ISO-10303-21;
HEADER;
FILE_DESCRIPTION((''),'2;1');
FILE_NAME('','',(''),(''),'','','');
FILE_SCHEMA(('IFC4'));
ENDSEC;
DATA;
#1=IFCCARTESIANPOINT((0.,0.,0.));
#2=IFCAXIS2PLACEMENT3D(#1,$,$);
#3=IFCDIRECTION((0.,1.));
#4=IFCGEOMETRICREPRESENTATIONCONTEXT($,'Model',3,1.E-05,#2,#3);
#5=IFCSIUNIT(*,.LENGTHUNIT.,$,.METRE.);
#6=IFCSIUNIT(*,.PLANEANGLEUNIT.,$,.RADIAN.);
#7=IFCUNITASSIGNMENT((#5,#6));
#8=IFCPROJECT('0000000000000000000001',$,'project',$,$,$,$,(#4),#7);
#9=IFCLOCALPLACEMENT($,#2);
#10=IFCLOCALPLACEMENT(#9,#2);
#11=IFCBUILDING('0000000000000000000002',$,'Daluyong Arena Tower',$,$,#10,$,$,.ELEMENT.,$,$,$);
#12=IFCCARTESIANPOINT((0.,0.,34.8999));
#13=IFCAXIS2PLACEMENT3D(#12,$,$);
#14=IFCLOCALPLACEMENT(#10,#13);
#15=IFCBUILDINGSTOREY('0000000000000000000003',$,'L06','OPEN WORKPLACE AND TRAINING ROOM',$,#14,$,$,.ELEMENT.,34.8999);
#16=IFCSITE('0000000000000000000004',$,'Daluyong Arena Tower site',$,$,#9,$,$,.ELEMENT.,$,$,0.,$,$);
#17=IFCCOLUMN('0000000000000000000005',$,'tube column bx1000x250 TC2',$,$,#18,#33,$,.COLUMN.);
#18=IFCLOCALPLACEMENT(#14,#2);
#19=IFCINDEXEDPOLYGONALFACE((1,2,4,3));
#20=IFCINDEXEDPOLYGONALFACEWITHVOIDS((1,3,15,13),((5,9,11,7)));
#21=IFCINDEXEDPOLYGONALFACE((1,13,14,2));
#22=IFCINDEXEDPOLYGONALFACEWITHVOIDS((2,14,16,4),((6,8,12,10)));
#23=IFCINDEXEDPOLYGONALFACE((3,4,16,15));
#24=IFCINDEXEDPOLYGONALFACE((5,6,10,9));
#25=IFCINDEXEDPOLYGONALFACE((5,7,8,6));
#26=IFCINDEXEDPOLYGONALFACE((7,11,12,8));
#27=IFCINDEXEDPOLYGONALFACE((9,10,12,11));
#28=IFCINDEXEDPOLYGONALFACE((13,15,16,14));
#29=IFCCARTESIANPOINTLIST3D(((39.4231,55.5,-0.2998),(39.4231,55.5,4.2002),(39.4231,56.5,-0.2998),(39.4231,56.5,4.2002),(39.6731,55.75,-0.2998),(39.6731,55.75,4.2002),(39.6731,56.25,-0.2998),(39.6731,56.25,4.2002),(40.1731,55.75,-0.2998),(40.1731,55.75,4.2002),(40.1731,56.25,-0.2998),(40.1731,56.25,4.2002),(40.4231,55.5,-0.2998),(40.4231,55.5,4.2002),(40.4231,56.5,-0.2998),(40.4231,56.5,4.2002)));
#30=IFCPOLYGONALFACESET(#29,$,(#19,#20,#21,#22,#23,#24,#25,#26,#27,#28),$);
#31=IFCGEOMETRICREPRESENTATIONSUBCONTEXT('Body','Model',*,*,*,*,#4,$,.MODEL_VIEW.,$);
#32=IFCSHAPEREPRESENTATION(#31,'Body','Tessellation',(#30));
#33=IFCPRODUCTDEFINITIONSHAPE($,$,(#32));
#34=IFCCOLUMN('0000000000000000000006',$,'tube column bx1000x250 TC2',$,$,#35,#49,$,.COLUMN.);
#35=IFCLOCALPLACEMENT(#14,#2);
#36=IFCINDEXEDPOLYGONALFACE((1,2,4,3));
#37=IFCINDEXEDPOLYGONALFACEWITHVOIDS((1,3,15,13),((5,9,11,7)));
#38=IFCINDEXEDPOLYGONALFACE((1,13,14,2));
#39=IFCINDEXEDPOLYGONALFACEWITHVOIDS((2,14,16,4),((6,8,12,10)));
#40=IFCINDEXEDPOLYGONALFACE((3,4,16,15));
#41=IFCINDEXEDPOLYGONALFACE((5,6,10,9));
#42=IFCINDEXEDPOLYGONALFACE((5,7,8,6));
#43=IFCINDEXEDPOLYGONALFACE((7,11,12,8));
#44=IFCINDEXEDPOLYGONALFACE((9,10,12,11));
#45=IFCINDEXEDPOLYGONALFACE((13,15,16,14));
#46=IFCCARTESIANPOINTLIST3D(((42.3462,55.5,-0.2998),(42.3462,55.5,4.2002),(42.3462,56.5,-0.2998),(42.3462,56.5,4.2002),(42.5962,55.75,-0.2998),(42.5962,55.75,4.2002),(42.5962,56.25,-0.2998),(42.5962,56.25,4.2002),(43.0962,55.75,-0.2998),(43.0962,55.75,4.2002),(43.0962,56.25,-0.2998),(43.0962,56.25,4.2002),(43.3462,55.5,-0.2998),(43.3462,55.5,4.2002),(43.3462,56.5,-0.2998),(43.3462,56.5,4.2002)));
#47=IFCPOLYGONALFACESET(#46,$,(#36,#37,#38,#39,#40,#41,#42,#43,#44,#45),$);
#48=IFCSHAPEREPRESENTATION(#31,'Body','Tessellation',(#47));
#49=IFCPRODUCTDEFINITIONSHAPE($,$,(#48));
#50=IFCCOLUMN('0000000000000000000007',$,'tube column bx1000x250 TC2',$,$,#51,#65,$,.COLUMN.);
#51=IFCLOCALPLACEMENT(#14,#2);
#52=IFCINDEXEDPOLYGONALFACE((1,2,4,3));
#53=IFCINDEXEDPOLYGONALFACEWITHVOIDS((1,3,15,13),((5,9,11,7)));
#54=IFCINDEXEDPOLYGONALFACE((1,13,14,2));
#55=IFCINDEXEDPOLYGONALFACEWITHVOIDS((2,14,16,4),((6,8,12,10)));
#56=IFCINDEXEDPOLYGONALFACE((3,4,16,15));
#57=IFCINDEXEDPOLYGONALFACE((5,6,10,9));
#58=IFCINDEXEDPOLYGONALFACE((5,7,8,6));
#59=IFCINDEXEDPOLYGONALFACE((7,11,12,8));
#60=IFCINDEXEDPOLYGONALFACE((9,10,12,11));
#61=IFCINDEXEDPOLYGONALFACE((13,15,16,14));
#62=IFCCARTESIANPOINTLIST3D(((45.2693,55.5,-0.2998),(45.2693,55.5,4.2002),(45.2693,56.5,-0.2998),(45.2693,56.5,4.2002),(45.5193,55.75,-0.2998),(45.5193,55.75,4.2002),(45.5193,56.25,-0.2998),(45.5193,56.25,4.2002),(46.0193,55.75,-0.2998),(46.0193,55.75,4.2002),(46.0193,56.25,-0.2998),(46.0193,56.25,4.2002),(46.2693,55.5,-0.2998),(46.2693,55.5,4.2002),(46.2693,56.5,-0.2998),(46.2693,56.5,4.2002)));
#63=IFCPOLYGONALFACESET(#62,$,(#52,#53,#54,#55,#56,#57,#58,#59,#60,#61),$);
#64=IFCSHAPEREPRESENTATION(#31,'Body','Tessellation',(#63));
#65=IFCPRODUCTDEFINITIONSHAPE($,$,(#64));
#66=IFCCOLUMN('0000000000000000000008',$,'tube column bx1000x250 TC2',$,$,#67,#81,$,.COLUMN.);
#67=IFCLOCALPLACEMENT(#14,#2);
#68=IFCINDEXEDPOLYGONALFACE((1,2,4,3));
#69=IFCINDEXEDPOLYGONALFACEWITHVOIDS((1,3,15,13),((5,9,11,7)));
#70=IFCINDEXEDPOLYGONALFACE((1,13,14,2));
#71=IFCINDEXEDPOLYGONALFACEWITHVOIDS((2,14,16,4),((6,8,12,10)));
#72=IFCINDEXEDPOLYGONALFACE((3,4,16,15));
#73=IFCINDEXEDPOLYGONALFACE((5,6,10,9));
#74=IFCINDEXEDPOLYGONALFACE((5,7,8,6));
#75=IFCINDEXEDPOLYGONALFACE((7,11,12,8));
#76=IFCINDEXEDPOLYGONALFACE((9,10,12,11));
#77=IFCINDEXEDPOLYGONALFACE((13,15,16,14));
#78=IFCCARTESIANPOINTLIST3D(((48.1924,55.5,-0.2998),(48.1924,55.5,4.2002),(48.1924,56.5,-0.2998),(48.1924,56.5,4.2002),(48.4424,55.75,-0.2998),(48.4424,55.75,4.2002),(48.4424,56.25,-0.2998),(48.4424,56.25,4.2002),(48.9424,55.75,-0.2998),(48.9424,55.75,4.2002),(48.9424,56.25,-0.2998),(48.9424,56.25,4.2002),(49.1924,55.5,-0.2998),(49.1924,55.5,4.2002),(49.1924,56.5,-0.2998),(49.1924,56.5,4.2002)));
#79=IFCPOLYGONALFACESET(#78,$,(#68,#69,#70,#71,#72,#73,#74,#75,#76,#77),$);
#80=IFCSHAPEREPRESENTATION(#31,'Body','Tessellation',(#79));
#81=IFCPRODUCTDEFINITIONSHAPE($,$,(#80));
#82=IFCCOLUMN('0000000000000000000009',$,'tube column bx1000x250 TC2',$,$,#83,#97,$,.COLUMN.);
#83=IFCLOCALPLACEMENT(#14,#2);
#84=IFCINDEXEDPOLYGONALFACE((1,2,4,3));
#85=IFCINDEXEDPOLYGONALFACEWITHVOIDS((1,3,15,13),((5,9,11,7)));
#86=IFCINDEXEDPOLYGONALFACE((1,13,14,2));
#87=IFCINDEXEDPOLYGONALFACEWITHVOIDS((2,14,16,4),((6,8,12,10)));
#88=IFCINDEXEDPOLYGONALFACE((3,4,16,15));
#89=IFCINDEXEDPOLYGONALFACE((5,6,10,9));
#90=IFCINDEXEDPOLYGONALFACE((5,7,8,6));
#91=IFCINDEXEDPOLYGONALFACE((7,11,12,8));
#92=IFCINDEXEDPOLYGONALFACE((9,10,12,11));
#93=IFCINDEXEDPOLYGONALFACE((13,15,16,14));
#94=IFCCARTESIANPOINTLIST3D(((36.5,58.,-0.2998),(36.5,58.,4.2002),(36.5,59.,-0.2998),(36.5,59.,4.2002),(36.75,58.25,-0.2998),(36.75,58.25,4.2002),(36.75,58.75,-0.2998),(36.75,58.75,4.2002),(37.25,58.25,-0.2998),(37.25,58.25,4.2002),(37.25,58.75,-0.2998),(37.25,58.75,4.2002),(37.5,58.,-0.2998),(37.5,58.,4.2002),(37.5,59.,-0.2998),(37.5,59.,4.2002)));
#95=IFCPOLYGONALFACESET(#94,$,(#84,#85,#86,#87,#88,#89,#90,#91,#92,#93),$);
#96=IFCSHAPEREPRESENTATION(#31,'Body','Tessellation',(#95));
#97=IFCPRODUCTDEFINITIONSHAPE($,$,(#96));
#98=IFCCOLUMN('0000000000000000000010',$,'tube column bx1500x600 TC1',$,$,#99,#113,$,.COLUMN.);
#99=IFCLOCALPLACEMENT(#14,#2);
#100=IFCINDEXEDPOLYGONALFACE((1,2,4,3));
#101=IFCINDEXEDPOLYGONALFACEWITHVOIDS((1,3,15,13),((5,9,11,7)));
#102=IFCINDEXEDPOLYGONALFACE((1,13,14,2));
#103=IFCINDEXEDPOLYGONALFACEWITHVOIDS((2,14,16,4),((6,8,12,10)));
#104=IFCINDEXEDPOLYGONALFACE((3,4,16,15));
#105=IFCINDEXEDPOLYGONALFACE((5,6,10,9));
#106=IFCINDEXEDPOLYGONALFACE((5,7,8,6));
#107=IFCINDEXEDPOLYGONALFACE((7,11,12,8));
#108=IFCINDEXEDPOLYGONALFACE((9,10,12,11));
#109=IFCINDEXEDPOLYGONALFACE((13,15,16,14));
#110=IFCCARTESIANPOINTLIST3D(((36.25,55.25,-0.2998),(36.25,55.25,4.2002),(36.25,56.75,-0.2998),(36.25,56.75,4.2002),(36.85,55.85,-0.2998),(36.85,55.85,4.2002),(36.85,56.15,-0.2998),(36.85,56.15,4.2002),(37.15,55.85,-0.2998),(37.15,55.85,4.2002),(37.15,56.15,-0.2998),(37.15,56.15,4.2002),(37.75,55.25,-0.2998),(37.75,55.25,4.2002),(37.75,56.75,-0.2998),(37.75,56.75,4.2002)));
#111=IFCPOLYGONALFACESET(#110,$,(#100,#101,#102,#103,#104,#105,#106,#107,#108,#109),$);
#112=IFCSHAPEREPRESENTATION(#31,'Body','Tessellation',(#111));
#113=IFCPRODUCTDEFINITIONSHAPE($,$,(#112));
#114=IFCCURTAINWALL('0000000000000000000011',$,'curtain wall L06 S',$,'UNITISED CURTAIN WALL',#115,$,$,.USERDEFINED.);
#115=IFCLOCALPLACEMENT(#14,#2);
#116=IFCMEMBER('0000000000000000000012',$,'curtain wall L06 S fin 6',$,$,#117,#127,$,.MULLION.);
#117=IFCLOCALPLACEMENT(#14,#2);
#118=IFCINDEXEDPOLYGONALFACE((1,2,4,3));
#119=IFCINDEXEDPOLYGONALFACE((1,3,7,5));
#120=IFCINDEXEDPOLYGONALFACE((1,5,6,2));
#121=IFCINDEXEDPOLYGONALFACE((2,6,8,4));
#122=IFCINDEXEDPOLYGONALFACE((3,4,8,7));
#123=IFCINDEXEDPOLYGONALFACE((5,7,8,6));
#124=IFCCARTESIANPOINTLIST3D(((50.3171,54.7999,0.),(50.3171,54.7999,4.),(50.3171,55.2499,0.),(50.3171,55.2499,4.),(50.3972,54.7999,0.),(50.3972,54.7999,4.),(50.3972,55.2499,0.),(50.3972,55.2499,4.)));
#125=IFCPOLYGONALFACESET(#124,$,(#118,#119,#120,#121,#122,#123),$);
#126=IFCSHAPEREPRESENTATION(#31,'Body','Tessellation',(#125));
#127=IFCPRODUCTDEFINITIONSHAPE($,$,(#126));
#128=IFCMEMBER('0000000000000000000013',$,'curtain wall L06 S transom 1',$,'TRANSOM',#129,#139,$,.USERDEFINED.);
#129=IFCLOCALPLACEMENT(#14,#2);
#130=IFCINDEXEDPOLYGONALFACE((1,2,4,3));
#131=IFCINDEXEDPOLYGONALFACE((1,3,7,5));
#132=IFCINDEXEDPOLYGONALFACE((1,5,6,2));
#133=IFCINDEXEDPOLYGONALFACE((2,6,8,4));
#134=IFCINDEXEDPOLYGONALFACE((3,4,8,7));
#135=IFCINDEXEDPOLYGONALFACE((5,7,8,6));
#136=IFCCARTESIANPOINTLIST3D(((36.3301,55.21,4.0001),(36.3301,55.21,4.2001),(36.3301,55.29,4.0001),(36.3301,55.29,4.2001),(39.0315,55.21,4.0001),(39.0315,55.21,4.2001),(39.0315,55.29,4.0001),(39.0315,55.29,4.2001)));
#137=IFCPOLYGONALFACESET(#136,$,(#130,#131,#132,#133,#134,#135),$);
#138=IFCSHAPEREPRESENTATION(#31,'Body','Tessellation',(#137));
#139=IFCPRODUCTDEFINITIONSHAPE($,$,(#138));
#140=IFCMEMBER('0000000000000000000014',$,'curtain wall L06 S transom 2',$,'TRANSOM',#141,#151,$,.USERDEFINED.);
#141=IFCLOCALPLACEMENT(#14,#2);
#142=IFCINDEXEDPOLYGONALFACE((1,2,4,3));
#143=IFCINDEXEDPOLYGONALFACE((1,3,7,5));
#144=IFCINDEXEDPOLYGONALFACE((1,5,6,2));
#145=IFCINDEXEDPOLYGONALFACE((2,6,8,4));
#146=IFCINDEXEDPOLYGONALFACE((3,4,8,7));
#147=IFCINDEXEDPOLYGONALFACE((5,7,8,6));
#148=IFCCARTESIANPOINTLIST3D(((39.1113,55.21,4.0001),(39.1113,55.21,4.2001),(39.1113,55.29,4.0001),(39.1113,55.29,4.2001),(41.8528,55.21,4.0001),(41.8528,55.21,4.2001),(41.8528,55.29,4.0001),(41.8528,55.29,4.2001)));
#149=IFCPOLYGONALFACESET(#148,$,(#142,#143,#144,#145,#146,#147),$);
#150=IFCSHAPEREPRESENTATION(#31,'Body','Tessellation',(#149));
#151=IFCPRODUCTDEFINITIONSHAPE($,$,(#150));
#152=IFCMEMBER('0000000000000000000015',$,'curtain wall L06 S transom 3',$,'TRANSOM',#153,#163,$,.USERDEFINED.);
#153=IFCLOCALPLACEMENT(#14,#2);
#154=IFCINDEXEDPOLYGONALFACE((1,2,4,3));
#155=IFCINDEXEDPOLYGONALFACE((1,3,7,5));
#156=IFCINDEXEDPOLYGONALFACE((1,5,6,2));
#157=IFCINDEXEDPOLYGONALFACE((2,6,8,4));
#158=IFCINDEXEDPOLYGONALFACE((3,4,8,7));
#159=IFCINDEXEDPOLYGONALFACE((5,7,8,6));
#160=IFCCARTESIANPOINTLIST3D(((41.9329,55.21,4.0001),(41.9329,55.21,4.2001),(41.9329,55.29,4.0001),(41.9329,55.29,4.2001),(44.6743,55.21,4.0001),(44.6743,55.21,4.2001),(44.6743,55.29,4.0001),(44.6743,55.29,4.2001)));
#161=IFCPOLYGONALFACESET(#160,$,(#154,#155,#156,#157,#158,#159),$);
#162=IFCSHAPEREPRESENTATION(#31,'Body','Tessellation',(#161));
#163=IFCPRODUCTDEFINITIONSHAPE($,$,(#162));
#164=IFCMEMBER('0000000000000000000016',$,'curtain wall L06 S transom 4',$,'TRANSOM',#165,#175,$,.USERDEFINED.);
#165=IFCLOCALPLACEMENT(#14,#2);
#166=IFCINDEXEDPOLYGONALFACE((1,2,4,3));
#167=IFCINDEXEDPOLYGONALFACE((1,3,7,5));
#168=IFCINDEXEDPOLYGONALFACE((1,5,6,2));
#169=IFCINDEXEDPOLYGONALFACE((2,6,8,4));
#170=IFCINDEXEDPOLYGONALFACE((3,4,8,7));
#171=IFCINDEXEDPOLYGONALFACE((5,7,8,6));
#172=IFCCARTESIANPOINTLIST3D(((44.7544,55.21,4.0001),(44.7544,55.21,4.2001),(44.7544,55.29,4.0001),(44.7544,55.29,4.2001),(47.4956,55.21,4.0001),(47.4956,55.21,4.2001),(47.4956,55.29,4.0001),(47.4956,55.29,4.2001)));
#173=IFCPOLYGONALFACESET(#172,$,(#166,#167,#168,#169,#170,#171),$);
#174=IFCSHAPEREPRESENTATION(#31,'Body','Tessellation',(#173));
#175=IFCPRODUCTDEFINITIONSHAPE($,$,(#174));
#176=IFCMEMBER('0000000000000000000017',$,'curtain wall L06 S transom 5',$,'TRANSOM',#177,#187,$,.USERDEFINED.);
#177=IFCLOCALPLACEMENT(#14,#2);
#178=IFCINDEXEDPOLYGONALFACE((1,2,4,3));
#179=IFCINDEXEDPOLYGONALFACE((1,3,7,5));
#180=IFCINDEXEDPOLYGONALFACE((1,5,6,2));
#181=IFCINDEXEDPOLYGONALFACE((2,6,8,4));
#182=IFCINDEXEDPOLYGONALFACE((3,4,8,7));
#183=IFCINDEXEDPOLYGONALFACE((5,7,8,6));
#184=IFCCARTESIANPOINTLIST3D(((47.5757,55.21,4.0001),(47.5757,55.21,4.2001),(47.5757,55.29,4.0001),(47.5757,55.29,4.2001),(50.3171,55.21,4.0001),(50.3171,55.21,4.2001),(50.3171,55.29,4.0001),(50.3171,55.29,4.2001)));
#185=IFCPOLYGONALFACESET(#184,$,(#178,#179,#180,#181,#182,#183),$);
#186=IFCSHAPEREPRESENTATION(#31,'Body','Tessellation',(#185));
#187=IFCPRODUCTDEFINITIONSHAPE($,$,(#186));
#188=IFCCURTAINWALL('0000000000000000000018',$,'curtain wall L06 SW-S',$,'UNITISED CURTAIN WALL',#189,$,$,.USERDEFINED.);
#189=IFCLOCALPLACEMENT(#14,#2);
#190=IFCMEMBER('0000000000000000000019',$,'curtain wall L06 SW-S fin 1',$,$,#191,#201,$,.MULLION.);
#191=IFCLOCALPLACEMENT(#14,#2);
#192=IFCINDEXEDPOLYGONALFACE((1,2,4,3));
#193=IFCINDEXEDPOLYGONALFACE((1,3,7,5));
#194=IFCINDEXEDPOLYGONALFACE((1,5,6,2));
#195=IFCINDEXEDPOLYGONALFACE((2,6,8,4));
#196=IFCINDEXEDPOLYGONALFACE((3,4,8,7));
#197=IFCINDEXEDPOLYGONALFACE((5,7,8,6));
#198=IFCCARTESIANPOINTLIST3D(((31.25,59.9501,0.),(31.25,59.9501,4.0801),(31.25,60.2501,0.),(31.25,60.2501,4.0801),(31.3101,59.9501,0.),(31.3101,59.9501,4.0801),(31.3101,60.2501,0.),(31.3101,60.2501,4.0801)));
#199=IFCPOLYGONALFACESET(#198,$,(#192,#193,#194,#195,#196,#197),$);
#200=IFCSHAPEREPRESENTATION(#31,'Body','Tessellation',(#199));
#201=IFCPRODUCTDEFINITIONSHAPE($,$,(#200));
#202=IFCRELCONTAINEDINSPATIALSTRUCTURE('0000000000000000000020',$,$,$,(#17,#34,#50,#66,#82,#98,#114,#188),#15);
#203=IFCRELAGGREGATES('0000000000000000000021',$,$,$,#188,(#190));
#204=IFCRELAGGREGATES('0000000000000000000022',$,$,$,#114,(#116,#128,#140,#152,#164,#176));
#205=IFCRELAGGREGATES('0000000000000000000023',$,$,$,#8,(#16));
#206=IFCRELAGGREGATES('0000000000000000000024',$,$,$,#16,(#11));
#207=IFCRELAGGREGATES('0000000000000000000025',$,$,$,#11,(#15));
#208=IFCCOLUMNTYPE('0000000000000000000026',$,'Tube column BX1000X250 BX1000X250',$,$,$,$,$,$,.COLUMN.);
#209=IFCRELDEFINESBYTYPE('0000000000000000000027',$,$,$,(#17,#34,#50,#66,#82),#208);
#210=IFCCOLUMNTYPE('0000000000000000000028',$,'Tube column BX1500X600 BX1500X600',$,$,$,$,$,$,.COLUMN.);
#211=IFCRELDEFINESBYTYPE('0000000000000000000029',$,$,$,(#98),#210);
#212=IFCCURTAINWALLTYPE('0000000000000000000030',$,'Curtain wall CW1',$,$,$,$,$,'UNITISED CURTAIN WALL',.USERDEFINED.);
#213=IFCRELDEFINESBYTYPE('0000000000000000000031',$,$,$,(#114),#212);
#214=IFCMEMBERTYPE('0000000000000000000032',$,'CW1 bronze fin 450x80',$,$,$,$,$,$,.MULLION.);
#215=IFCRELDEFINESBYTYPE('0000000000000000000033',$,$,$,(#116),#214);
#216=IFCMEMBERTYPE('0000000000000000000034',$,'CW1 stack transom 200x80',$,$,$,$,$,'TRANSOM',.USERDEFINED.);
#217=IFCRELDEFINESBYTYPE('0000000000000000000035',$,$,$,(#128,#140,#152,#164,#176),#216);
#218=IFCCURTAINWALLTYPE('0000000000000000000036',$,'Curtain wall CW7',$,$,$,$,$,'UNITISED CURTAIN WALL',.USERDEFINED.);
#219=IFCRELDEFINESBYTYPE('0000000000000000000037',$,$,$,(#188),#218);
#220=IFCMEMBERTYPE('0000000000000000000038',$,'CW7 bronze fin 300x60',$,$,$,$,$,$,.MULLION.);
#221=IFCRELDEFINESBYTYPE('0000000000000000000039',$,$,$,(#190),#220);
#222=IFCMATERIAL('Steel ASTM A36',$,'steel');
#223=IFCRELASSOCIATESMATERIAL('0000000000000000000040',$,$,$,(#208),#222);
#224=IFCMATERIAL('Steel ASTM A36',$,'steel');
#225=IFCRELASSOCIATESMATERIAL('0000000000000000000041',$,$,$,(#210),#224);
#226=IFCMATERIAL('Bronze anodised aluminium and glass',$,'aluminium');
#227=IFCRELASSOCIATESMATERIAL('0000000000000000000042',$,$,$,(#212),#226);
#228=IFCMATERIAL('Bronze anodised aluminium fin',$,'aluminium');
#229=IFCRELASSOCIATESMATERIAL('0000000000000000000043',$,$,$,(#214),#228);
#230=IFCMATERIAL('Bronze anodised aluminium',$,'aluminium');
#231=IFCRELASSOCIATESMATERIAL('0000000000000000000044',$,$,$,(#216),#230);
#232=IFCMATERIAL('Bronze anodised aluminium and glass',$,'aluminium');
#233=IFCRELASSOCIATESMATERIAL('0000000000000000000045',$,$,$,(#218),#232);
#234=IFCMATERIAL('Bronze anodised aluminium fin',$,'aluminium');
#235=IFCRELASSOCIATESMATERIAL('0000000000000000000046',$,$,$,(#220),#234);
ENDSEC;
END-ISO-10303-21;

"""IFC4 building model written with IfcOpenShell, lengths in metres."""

from ifc_helpers import new_model, si_unit, direction, frame, origin, origin_2d, place, context, subcontext, project, spatial, rectangle, hollow_rectangle, extrude, material, material_profile, profile_set, type_object, element, aggregate, save


model = new_model("IFC4")

# Units and contexts
model_context = context("Model", 3, precision=1e-05, world=origin(), true_north=direction((0.0, 1.0)))
body_context = subcontext(model_context, "Body", "Model", "MODEL_VIEW")
ifc_project = project(units=[si_unit("LENGTHUNIT", "METRE"), si_unit("PLANEANGLEUNIT", "RADIAN")], contexts=[model_context])

# Site, building, storey
site_placement = place(None, origin())
site = spatial("IfcSite", under=ifc_project, at=site_placement, Name="Daluyong Arena Tower site", CompositionType="ELEMENT", RefElevation=0.0)
building_placement = place(site_placement, origin())
building = spatial("IfcBuilding", under=site, at=building_placement, Name="Daluyong Arena Tower", CompositionType="ELEMENT")
storey_placement = place(building_placement, frame((0.0, 0.0, 34.8999)))
storey = spatial("IfcBuildingStorey", under=building, at=storey_placement, Name="L06", Description="OPEN WORKPLACE AND TRAINING ROOM", CompositionType="ELEMENT", Elevation=34.8999)

# Columns
ifc_material_1 = material(Name="Steel ASTM A36", Category="steel")
ifc_material_profile_1 = material_profile(ifc_material_1, hollow_rectangle(XDim=1.0, YDim=1.0, WallThickness=0.25, at=origin_2d()))
ifc_profile_set_1 = profile_set([ifc_material_profile_1], Name="Steel ASTM A36")
column_type_1 = type_object("IfcColumnType", Name="Tube column BX1000X250 BX1000X250", PredefinedType="COLUMN", material=ifc_profile_set_1)
for number, where, z_axis, x_axis, name in (
    (1, (39.9231, 56.0, -0.2998), (0.0, 0.0, 1.0), (1.0, 0.0, 0.0), "tube column bx1000x250 TC2"),
    (2, (42.8462, 56.0, -0.2998), (0.0, 0.0, 1.0), (1.0, 0.0, 0.0), "tube column bx1000x250 TC2"),
    (3, (45.7693, 56.0, -0.2998), (0.0, 0.0, 1.0), (1.0, 0.0, 0.0), "tube column bx1000x250 TC2"),
    (4, (48.6924, 56.0, -0.2998), (0.0, 0.0, 1.0), (1.0, 0.0, 0.0), "tube column bx1000x250 TC2"),
    (5, (37.0, 58.5, -0.2998), (0.0, 0.0, 1.0), (0.0, 1.0, 0.0), "tube column bx1000x250 TC2"),
):
    element("IfcColumn", number, at=place(storey_placement, frame(where, z_axis=z_axis, x_axis=x_axis)), inside=storey, type_object=column_type_1, Name=name, PredefinedType="COLUMN", context=body_context, shape_type="SweptSolid", body=[
        extrude(hollow_rectangle(XDim=1.0, YDim=1.0, WallThickness=0.25, at=origin_2d()), origin(), (0.0, 0.0, 1.0), 4.5),
    ])
ifc_material_2 = material(Name="Steel ASTM A36", Category="steel")
ifc_material_profile_2 = material_profile(ifc_material_2, hollow_rectangle(XDim=1.5, YDim=1.5, WallThickness=0.6, at=origin_2d()))
ifc_profile_set_2 = profile_set([ifc_material_profile_2], Name="Steel ASTM A36")
column_type_2 = type_object("IfcColumnType", Name="Tube column BX1500X600 BX1500X600", PredefinedType="COLUMN", material=ifc_profile_set_2)
column_placement = place(storey_placement, frame((37.0, 56.0, -0.2998), z_axis=(0.0, 0.0, 1.0), x_axis=(1.0, 0.0, 0.0)))
element("IfcColumn", 6, at=column_placement, inside=storey, type_object=column_type_2, Name="tube column bx1500x600 TC1", PredefinedType="COLUMN", context=body_context, shape_type="SweptSolid", body=[
    extrude(hollow_rectangle(XDim=1.5, YDim=1.5, WallThickness=0.6, at=origin_2d()), origin(), (0.0, 0.0, 1.0), 4.5),
])

# Curtain wall, members
ifc_material_3 = material(Name="Bronze anodised aluminium and glass", Category="aluminium")
curtain_wall_type_1 = type_object("IfcCurtainWallType", Name="Curtain wall CW1", ElementType="UNITISED CURTAIN WALL", PredefinedType="USERDEFINED", material=ifc_material_3)
curtain_wall_1_placement = place(storey_placement, origin())
curtain_wall_1 = element("IfcCurtainWall", 7, at=curtain_wall_1_placement, inside=storey, type_object=curtain_wall_type_1, Name="curtain wall L06 S", ObjectType="UNITISED CURTAIN WALL", PredefinedType="USERDEFINED")
ifc_material_4 = material(Name="Bronze anodised aluminium fin", Category="aluminium")
ifc_material_profile_3 = material_profile(ifc_material_4, rectangle(XDim=0.45, YDim=0.0801, at=origin_2d()))
ifc_profile_set_3 = profile_set([ifc_material_profile_3], Name="Bronze anodised aluminium fin")
member_type_1 = type_object("IfcMemberType", Name="CW1 bronze fin 450x80", PredefinedType="MULLION", material=ifc_profile_set_3)
member_1_placement = place(storey_placement, frame((50.3572, 55.0249, 0.0), z_axis=(0.0, 0.0, 1.0), x_axis=(0.0, 1.0, 0.0)))
member_1 = element("IfcMember", 8, at=member_1_placement, type_object=member_type_1, Name="curtain wall L06 S fin 6", PredefinedType="MULLION", context=body_context, shape_type="SweptSolid", body=[
    extrude(rectangle(XDim=0.45, YDim=0.0801, at=origin_2d()), origin(), (0.0, 0.0, 1.0), 4.0),
])
ifc_material_5 = material(Name="Bronze anodised aluminium", Category="aluminium")
ifc_material_profile_4 = material_profile(ifc_material_5, rectangle(XDim=0.0801, YDim=0.2, at=origin_2d()))
ifc_profile_set_4 = profile_set([ifc_material_profile_4], Name="Bronze anodised aluminium")
member_type_2 = type_object("IfcMemberType", Name="CW1 stack transom 200x80", ElementType="TRANSOM", PredefinedType="USERDEFINED", material=ifc_profile_set_4)
member_2_placement = place(storey_placement, frame((36.3301, 55.25, 4.1001), z_axis=(1.0, 0.0, 0.0), x_axis=(0.0, 1.0, 0.0)))
member_2 = element("IfcMember", 9, at=member_2_placement, type_object=member_type_2, Name="curtain wall L06 S transom 1", ObjectType="TRANSOM", PredefinedType="USERDEFINED", context=body_context, shape_type="SweptSolid", body=[
    extrude(rectangle(XDim=0.0801, YDim=0.2, at=origin_2d()), origin(), (0.0, 0.0, 1.0), 2.7014),
])
member_3_placement = place(storey_placement, frame((39.1113, 55.25, 4.1001), z_axis=(1.0, 0.0, 0.0), x_axis=(0.0, 1.0, 0.0)))
member_3 = element("IfcMember", 10, at=member_3_placement, type_object=member_type_2, Name="curtain wall L06 S transom 2", ObjectType="TRANSOM", PredefinedType="USERDEFINED", context=body_context, shape_type="SweptSolid", body=[
    extrude(rectangle(XDim=0.0801, YDim=0.2, at=origin_2d()), origin(), (0.0, 0.0, 1.0), 2.7415),
])
member_4_placement = place(storey_placement, frame((41.9329, 55.25, 4.1001), z_axis=(1.0, 0.0, 0.0), x_axis=(0.0, 1.0, 0.0)))
member_4 = element("IfcMember", 11, at=member_4_placement, type_object=member_type_2, Name="curtain wall L06 S transom 3", ObjectType="TRANSOM", PredefinedType="USERDEFINED", context=body_context, shape_type="SweptSolid", body=[
    extrude(rectangle(XDim=0.0801, YDim=0.2, at=origin_2d()), origin(), (0.0, 0.0, 1.0), 2.7415),
])
member_5_placement = place(storey_placement, frame((44.7544, 55.25, 4.1001), z_axis=(1.0, 0.0, 0.0), x_axis=(0.0, 1.0, 0.0)))
member_5 = element("IfcMember", 12, at=member_5_placement, type_object=member_type_2, Name="curtain wall L06 S transom 4", ObjectType="TRANSOM", PredefinedType="USERDEFINED", context=body_context, shape_type="SweptSolid", body=[
    extrude(rectangle(XDim=0.0801, YDim=0.2, at=origin_2d()), origin(), (0.0, 0.0, 1.0), 2.7412),
])
member_6_placement = place(storey_placement, frame((47.5757, 55.25, 4.1001), z_axis=(1.0, 0.0, 0.0), x_axis=(0.0, 1.0, 0.0)))
member_6 = element("IfcMember", 13, at=member_6_placement, type_object=member_type_2, Name="curtain wall L06 S transom 5", ObjectType="TRANSOM", PredefinedType="USERDEFINED", context=body_context, shape_type="SweptSolid", body=[
    extrude(rectangle(XDim=0.0801, YDim=0.2, at=origin_2d()), origin(), (0.0, 0.0, 1.0), 2.7415),
])

# Curtain wall, member
ifc_material_6 = material(Name="Bronze anodised aluminium and glass", Category="aluminium")
curtain_wall_type_2 = type_object("IfcCurtainWallType", Name="Curtain wall CW7", ElementType="UNITISED CURTAIN WALL", PredefinedType="USERDEFINED", material=ifc_material_6)
curtain_wall_2_placement = place(storey_placement, origin())
curtain_wall_2 = element("IfcCurtainWall", 14, at=curtain_wall_2_placement, inside=storey, type_object=curtain_wall_type_2, Name="curtain wall L06 SW-S", ObjectType="UNITISED CURTAIN WALL", PredefinedType="USERDEFINED")
ifc_material_7 = material(Name="Bronze anodised aluminium fin", Category="aluminium")
ifc_material_profile_5 = material_profile(ifc_material_7, rectangle(XDim=0.3, YDim=0.0601, at=origin_2d()))
ifc_profile_set_5 = profile_set([ifc_material_profile_5], Name="Bronze anodised aluminium fin")
member_type_3 = type_object("IfcMemberType", Name="CW7 bronze fin 300x60", PredefinedType="MULLION", material=ifc_profile_set_5)
member_7_placement = place(storey_placement, frame((31.28, 60.1001, 0.0), z_axis=(0.0, 0.0, 1.0), x_axis=(0.0, 1.0, 0.0)))
member_7 = element("IfcMember", 15, at=member_7_placement, type_object=member_type_3, Name="curtain wall L06 SW-S fin 1", PredefinedType="MULLION", context=body_context, shape_type="SweptSolid", body=[
    extrude(rectangle(XDim=0.3, YDim=0.0601, at=origin_2d()), origin(), (0.0, 0.0, 1.0), 4.0801),
])
aggregate(curtain_wall_2, [member_7])

aggregate(curtain_wall_1, [member_1, member_2, member_3, member_4, member_5, member_6])

save(model, "model.ifc")
